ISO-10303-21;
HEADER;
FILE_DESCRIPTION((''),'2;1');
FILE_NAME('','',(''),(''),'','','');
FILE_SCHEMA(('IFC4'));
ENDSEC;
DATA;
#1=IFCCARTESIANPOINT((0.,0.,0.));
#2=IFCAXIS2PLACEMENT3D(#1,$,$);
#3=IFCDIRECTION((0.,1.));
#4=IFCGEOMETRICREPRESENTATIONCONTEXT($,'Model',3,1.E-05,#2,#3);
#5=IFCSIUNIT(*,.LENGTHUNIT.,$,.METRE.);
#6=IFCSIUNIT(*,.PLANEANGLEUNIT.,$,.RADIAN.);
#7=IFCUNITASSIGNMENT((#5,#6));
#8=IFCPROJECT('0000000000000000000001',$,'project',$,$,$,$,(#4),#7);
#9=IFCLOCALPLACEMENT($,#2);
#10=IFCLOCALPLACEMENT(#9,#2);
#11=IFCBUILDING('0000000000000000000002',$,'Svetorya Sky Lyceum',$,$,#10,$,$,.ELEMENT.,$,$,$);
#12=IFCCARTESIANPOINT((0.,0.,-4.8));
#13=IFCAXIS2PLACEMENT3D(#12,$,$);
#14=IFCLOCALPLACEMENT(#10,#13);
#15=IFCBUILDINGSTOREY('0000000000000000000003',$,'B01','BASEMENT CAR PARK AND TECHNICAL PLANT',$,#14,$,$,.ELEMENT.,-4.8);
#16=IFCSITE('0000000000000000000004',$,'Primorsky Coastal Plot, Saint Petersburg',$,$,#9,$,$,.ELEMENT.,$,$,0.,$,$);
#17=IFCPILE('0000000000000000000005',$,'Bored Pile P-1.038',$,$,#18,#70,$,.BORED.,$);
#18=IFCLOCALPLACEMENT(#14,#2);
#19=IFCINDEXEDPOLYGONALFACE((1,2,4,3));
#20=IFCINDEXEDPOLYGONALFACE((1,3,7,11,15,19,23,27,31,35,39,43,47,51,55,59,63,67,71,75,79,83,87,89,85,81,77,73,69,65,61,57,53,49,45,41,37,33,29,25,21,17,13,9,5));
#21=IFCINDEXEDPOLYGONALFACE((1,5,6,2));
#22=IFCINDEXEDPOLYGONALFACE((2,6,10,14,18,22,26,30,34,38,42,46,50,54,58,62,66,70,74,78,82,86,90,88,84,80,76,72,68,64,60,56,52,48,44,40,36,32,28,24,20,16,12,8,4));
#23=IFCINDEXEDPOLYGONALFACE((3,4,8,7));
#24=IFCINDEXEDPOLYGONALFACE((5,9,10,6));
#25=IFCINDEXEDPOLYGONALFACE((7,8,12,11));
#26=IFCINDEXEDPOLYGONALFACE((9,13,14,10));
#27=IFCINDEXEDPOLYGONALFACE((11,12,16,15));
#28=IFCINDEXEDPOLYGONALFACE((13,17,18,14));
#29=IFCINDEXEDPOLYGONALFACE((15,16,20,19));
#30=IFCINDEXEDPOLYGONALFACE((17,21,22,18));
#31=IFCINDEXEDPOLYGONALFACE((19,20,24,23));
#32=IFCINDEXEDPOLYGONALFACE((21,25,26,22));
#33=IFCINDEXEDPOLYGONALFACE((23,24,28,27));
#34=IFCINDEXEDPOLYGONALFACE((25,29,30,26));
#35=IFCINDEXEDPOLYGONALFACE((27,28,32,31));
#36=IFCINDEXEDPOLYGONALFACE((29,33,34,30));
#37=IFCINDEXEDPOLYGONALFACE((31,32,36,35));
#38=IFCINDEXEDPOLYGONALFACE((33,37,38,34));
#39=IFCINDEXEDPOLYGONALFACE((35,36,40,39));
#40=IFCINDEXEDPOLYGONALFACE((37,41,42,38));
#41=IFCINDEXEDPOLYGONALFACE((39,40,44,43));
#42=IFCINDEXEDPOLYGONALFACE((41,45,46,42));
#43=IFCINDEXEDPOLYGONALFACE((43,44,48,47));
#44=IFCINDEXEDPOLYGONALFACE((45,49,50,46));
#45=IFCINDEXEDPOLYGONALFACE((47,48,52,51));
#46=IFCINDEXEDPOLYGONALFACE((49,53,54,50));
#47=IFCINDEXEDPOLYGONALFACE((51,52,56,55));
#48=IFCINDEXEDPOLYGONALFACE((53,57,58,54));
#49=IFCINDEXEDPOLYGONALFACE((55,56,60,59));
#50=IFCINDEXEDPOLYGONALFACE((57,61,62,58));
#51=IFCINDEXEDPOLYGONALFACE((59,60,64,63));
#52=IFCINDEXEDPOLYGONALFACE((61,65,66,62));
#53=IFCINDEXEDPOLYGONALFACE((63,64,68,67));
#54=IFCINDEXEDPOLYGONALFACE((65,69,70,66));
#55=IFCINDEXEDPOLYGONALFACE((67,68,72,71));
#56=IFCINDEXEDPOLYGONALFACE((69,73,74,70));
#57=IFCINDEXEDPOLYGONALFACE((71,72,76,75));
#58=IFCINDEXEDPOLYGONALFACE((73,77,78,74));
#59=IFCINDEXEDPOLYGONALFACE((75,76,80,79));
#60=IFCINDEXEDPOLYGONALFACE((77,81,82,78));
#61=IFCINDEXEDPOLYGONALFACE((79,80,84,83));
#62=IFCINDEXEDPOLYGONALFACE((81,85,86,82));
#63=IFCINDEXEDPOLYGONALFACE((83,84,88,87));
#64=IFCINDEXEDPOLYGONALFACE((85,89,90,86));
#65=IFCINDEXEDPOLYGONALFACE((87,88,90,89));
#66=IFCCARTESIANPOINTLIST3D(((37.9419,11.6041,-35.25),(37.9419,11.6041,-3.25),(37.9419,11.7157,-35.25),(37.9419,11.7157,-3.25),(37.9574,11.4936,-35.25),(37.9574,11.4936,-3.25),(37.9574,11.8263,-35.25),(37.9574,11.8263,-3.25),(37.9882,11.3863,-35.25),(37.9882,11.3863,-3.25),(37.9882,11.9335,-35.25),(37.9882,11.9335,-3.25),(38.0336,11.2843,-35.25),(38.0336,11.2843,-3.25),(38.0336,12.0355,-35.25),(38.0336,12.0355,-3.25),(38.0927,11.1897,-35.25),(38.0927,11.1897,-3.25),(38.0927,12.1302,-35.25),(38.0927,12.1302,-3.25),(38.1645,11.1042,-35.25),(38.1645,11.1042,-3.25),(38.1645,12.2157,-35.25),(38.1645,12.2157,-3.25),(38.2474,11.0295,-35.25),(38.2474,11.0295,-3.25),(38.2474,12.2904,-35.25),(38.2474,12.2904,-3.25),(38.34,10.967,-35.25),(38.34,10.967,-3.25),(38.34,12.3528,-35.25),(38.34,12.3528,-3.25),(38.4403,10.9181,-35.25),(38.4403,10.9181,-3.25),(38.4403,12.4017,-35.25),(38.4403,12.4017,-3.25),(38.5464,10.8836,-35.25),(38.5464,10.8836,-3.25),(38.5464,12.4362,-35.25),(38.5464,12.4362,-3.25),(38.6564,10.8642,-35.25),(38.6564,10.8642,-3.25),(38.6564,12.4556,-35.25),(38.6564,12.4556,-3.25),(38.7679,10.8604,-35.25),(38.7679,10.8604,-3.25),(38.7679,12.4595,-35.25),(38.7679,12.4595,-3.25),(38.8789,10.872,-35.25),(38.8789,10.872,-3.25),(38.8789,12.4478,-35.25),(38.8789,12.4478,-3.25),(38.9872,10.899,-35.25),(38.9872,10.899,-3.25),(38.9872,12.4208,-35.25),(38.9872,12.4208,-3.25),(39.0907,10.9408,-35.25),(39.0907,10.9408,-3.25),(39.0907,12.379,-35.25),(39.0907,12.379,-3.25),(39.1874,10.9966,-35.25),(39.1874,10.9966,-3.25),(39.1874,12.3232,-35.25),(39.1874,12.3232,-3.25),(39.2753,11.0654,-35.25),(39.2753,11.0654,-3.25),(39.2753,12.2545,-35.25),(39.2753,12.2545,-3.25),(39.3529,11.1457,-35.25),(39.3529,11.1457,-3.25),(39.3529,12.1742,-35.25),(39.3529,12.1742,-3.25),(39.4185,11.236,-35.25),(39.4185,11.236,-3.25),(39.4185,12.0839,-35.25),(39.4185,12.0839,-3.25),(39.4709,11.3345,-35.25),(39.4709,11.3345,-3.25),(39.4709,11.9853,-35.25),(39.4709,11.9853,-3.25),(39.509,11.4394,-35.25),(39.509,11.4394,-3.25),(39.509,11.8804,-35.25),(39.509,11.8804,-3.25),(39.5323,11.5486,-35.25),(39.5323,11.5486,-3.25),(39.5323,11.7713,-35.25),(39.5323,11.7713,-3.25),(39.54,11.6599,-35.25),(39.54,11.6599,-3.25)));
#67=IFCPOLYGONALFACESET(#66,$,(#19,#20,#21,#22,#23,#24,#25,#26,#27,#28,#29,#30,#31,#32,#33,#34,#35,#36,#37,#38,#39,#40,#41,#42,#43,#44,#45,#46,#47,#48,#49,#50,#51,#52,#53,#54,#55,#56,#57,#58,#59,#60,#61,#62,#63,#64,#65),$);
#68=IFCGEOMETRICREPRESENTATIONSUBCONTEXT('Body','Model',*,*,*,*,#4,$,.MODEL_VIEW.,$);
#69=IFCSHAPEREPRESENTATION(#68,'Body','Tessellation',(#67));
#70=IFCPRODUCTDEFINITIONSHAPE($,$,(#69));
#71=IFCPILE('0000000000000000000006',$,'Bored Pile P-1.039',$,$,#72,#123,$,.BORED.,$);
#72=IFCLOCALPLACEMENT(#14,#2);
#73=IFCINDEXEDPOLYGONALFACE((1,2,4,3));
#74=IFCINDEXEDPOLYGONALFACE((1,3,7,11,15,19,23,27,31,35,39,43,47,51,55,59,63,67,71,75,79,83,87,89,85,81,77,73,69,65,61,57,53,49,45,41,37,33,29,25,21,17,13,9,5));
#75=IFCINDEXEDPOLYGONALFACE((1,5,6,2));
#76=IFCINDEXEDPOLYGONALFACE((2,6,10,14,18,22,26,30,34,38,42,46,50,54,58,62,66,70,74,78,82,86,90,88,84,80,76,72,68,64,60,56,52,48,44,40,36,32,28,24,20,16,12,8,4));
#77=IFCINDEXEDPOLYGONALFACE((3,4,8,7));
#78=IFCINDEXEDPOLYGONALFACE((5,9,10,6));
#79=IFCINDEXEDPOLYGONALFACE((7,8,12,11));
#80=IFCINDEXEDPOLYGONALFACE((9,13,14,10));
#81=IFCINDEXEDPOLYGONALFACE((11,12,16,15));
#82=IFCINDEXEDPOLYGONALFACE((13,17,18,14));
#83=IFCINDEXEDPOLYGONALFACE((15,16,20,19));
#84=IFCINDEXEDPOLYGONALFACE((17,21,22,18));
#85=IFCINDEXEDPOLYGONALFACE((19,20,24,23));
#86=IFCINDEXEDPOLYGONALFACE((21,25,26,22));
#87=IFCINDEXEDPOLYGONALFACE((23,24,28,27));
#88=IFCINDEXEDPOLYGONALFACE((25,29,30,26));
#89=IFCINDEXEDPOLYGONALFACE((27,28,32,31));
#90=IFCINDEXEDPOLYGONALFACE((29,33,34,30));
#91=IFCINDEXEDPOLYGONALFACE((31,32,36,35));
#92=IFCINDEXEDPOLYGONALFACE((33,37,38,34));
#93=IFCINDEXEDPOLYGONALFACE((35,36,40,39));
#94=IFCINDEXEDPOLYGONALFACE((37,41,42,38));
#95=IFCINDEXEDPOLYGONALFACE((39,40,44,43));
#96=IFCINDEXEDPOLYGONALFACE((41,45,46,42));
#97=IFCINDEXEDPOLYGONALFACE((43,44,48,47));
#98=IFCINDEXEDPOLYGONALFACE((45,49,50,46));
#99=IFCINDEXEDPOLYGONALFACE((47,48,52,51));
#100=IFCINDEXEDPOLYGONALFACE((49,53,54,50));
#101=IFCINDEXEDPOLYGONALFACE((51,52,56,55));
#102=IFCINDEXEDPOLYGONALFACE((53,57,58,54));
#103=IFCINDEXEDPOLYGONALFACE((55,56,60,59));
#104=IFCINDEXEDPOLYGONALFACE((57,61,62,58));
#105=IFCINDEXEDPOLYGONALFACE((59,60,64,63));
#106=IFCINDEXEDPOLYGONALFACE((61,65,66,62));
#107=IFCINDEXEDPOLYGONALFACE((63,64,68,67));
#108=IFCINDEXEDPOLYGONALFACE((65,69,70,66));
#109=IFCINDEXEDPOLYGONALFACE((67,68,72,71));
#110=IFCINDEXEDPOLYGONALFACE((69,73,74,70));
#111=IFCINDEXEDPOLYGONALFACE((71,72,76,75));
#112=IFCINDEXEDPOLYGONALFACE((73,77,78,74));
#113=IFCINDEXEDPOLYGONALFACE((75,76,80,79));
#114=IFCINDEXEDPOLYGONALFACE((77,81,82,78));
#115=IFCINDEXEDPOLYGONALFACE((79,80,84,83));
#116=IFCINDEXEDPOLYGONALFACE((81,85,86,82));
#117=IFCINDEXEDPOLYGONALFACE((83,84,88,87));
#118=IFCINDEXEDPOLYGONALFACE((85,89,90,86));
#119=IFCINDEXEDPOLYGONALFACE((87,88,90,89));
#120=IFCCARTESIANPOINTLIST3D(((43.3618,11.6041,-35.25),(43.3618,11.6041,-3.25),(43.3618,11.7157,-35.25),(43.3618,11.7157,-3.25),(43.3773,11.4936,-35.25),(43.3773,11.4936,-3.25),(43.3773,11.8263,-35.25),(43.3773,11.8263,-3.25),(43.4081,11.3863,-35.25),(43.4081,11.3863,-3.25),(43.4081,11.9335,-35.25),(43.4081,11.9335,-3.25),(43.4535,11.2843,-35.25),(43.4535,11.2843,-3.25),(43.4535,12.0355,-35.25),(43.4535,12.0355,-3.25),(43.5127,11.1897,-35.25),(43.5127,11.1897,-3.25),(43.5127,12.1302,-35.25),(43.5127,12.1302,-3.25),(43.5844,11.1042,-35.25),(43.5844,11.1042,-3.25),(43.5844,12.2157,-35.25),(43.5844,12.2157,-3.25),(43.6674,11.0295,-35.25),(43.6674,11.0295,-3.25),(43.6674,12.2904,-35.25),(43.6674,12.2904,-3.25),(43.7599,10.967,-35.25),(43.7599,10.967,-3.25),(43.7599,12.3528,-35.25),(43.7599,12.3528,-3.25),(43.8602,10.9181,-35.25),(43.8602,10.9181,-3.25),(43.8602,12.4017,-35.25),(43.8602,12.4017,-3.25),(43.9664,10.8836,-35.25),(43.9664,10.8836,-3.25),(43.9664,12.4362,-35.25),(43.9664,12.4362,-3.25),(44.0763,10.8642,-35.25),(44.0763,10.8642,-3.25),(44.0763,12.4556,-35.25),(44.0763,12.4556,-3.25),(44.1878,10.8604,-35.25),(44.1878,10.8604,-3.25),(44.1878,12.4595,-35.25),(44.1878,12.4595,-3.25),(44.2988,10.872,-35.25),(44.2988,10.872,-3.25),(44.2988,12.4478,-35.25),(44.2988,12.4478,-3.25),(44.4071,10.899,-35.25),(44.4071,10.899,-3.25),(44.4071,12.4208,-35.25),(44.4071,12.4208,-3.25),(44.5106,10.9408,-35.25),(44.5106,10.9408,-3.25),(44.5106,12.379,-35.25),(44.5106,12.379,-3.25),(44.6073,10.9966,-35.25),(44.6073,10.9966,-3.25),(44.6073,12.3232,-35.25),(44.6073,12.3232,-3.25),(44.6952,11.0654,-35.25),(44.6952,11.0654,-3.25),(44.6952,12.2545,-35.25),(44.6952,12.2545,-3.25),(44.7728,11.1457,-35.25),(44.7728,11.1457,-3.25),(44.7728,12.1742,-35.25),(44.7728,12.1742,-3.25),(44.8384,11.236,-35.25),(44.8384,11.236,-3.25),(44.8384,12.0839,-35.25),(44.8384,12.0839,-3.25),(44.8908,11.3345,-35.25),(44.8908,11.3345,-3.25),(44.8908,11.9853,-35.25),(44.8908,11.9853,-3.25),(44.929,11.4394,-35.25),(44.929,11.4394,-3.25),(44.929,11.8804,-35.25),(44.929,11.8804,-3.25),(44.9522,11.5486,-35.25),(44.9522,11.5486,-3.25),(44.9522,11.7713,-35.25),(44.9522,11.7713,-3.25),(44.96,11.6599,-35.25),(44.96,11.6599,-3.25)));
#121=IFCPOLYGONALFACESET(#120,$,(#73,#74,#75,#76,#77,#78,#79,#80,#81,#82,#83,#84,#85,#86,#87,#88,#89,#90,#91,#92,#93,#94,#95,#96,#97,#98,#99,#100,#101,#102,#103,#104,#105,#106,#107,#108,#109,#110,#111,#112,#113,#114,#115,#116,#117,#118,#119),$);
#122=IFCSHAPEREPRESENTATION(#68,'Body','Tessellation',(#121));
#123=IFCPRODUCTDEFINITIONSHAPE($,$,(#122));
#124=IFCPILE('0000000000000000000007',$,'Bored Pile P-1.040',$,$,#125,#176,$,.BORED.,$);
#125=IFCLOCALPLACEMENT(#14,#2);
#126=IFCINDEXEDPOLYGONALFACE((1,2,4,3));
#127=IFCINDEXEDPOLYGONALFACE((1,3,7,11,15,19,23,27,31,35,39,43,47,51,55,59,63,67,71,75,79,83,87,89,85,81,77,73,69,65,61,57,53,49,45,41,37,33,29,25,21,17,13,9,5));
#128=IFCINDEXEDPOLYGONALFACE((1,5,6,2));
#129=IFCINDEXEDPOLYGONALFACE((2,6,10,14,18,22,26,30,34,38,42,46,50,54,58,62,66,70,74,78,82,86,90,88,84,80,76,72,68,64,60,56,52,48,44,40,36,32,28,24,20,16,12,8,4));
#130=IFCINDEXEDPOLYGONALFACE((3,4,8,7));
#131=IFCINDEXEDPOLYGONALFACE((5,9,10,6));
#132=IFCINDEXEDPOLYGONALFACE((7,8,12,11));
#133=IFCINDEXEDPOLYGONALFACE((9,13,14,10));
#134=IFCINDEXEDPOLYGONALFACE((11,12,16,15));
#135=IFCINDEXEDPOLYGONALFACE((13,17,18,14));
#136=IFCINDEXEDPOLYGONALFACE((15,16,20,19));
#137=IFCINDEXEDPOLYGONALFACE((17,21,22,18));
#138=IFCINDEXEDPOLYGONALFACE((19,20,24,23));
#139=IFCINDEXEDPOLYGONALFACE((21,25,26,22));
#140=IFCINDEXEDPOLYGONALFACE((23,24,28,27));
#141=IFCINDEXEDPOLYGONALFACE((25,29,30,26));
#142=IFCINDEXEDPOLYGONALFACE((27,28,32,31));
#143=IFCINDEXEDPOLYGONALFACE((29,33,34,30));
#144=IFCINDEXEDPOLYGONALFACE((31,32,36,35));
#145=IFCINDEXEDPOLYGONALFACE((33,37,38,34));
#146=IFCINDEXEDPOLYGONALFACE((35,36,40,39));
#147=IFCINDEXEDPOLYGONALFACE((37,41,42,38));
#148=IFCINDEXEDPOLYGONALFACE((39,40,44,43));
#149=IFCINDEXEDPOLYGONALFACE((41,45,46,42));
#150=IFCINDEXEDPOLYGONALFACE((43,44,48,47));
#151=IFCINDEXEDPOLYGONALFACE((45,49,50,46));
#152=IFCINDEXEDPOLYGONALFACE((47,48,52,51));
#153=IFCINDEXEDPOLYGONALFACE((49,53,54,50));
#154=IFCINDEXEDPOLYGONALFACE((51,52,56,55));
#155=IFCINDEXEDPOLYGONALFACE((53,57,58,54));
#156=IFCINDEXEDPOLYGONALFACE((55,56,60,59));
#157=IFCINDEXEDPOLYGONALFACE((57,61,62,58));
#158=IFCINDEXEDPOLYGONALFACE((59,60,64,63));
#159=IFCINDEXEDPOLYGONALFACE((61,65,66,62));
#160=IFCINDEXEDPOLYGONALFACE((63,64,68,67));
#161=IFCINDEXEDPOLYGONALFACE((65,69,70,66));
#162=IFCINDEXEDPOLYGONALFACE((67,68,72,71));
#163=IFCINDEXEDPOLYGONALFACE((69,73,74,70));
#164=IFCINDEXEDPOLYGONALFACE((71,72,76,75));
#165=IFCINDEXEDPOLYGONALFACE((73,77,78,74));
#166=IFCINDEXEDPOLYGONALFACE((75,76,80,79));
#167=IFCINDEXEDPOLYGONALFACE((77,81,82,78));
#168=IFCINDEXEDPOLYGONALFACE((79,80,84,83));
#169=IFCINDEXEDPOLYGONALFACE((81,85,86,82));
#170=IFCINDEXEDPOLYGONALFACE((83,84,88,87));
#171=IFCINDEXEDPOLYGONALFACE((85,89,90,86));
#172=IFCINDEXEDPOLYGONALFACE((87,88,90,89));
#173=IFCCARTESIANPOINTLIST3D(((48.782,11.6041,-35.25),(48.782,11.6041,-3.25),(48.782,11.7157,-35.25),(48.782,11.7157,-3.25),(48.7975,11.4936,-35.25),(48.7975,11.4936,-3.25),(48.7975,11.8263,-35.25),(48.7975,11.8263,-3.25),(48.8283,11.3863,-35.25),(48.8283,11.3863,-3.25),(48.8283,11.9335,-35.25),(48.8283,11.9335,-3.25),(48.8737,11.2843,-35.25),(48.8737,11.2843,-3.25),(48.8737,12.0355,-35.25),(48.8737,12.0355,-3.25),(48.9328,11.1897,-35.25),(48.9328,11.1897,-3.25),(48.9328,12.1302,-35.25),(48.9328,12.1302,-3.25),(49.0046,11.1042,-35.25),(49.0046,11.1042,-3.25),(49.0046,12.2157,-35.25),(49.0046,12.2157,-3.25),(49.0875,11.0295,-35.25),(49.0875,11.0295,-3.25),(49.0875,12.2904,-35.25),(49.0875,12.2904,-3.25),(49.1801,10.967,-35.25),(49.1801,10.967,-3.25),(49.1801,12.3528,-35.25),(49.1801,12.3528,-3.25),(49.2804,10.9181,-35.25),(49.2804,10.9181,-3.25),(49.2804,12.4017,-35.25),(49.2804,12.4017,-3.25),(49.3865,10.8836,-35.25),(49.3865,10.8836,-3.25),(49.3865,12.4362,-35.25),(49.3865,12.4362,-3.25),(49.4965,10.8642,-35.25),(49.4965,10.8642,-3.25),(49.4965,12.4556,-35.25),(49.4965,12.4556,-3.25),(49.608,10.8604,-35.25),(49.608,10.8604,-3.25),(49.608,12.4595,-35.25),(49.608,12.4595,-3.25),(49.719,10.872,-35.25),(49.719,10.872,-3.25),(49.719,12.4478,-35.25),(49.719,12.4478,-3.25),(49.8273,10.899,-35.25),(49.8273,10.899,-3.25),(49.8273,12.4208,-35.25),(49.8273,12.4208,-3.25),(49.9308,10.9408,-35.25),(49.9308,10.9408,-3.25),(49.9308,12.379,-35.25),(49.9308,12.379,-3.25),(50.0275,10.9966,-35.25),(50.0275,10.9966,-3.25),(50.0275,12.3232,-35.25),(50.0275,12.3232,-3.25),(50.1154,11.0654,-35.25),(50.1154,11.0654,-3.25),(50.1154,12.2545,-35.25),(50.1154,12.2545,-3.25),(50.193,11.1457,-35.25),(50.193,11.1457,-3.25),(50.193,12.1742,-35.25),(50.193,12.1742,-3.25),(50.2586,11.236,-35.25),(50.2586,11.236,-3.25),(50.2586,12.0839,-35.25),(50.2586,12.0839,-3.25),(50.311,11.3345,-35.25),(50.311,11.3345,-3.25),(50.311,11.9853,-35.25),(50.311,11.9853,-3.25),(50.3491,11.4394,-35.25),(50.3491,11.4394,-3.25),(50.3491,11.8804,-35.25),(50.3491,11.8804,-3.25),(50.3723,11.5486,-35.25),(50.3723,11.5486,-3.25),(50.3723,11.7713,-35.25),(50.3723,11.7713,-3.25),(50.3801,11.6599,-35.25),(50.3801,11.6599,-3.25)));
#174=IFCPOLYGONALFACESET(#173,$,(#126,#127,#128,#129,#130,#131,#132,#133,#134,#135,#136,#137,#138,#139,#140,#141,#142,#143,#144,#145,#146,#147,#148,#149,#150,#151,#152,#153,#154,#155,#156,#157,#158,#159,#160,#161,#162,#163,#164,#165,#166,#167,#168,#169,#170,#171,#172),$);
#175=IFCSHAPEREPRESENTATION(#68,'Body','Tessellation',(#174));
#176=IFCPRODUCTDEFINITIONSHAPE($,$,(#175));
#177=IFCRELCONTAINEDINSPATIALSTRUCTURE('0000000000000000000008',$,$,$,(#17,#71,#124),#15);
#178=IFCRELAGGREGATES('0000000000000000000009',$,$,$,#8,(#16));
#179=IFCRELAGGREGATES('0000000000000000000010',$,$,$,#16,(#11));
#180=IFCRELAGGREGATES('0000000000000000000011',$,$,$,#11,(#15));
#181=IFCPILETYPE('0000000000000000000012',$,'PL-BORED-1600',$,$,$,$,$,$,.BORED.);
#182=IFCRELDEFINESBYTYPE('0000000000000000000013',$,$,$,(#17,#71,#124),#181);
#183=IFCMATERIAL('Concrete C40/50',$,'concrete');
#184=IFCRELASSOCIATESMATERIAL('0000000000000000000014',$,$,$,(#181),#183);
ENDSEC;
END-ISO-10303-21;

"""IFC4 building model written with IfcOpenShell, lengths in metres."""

from ifc_helpers import new_model, si_unit, direction, frame, origin, origin_2d, place, context, subcontext, project, spatial, circle, extrude, material, material_profile, profile_set, type_object, element, save


model = new_model("IFC4")

# Units and contexts
model_context = context("Model", 3, precision=1e-05, world=origin(), true_north=direction((0.0, 1.0)))
body_context = subcontext(model_context, "Body", "Model", "MODEL_VIEW")
ifc_project = project(units=[si_unit("LENGTHUNIT", "METRE"), si_unit("PLANEANGLEUNIT", "RADIAN")], contexts=[model_context])

# Site, building, storey
site_placement = place(None, origin())
site = spatial("IfcSite", under=ifc_project, at=site_placement, Name="Primorsky Coastal Plot, Saint Petersburg", CompositionType="ELEMENT", RefElevation=0.0)
building_placement = place(site_placement, origin())
building = spatial("IfcBuilding", under=site, at=building_placement, Name="Svetorya Sky Lyceum", CompositionType="ELEMENT")
storey_placement = place(building_placement, frame((0.0, 0.0, -4.8)))
storey = spatial("IfcBuildingStorey", under=building, at=storey_placement, Name="B01", Description="BASEMENT CAR PARK AND TECHNICAL PLANT", CompositionType="ELEMENT", Elevation=-4.8)

# Piles
ifc_material_1 = material(Name="Concrete C40/50", Category="concrete")
ifc_material_profile_1 = material_profile(ifc_material_1, circle(Radius=0.8, at=origin_2d()), Name="RC PILE D1600")
ifc_profile_set_1 = profile_set([ifc_material_profile_1], Name="Concrete C40/50")
pile_type = type_object("IfcPileType", Name="PL-BORED-1600", PredefinedType="BORED", material=ifc_profile_set_1)
for number, where, z_axis, x_axis, name in (
    (1, (38.74, 11.6599, -3.25), (0.0, 0.0, -1.0), (1.0, 0.0, 0.0), "Bored Pile P-1.038"),
    (2, (44.1599, 11.6599, -3.25), (0.0, 0.0, -1.0), (1.0, 0.0, 0.0), "Bored Pile P-1.039"),
    (3, (49.5801, 11.6599, -3.25), (0.0, 0.0, -1.0), (1.0, 0.0, 0.0), "Bored Pile P-1.040"),
):
    element("IfcPile", number, at=place(storey_placement, frame(where, z_axis=z_axis, x_axis=x_axis)), inside=storey, type_object=pile_type, Name=name, PredefinedType="BORED", context=body_context, shape_type="SweptSolid", body=[
        extrude(circle(Radius=0.8, at=origin_2d()), origin(), (0.0, 0.0, 1.0), 32.0),
    ])

save(model, "model.ifc")
